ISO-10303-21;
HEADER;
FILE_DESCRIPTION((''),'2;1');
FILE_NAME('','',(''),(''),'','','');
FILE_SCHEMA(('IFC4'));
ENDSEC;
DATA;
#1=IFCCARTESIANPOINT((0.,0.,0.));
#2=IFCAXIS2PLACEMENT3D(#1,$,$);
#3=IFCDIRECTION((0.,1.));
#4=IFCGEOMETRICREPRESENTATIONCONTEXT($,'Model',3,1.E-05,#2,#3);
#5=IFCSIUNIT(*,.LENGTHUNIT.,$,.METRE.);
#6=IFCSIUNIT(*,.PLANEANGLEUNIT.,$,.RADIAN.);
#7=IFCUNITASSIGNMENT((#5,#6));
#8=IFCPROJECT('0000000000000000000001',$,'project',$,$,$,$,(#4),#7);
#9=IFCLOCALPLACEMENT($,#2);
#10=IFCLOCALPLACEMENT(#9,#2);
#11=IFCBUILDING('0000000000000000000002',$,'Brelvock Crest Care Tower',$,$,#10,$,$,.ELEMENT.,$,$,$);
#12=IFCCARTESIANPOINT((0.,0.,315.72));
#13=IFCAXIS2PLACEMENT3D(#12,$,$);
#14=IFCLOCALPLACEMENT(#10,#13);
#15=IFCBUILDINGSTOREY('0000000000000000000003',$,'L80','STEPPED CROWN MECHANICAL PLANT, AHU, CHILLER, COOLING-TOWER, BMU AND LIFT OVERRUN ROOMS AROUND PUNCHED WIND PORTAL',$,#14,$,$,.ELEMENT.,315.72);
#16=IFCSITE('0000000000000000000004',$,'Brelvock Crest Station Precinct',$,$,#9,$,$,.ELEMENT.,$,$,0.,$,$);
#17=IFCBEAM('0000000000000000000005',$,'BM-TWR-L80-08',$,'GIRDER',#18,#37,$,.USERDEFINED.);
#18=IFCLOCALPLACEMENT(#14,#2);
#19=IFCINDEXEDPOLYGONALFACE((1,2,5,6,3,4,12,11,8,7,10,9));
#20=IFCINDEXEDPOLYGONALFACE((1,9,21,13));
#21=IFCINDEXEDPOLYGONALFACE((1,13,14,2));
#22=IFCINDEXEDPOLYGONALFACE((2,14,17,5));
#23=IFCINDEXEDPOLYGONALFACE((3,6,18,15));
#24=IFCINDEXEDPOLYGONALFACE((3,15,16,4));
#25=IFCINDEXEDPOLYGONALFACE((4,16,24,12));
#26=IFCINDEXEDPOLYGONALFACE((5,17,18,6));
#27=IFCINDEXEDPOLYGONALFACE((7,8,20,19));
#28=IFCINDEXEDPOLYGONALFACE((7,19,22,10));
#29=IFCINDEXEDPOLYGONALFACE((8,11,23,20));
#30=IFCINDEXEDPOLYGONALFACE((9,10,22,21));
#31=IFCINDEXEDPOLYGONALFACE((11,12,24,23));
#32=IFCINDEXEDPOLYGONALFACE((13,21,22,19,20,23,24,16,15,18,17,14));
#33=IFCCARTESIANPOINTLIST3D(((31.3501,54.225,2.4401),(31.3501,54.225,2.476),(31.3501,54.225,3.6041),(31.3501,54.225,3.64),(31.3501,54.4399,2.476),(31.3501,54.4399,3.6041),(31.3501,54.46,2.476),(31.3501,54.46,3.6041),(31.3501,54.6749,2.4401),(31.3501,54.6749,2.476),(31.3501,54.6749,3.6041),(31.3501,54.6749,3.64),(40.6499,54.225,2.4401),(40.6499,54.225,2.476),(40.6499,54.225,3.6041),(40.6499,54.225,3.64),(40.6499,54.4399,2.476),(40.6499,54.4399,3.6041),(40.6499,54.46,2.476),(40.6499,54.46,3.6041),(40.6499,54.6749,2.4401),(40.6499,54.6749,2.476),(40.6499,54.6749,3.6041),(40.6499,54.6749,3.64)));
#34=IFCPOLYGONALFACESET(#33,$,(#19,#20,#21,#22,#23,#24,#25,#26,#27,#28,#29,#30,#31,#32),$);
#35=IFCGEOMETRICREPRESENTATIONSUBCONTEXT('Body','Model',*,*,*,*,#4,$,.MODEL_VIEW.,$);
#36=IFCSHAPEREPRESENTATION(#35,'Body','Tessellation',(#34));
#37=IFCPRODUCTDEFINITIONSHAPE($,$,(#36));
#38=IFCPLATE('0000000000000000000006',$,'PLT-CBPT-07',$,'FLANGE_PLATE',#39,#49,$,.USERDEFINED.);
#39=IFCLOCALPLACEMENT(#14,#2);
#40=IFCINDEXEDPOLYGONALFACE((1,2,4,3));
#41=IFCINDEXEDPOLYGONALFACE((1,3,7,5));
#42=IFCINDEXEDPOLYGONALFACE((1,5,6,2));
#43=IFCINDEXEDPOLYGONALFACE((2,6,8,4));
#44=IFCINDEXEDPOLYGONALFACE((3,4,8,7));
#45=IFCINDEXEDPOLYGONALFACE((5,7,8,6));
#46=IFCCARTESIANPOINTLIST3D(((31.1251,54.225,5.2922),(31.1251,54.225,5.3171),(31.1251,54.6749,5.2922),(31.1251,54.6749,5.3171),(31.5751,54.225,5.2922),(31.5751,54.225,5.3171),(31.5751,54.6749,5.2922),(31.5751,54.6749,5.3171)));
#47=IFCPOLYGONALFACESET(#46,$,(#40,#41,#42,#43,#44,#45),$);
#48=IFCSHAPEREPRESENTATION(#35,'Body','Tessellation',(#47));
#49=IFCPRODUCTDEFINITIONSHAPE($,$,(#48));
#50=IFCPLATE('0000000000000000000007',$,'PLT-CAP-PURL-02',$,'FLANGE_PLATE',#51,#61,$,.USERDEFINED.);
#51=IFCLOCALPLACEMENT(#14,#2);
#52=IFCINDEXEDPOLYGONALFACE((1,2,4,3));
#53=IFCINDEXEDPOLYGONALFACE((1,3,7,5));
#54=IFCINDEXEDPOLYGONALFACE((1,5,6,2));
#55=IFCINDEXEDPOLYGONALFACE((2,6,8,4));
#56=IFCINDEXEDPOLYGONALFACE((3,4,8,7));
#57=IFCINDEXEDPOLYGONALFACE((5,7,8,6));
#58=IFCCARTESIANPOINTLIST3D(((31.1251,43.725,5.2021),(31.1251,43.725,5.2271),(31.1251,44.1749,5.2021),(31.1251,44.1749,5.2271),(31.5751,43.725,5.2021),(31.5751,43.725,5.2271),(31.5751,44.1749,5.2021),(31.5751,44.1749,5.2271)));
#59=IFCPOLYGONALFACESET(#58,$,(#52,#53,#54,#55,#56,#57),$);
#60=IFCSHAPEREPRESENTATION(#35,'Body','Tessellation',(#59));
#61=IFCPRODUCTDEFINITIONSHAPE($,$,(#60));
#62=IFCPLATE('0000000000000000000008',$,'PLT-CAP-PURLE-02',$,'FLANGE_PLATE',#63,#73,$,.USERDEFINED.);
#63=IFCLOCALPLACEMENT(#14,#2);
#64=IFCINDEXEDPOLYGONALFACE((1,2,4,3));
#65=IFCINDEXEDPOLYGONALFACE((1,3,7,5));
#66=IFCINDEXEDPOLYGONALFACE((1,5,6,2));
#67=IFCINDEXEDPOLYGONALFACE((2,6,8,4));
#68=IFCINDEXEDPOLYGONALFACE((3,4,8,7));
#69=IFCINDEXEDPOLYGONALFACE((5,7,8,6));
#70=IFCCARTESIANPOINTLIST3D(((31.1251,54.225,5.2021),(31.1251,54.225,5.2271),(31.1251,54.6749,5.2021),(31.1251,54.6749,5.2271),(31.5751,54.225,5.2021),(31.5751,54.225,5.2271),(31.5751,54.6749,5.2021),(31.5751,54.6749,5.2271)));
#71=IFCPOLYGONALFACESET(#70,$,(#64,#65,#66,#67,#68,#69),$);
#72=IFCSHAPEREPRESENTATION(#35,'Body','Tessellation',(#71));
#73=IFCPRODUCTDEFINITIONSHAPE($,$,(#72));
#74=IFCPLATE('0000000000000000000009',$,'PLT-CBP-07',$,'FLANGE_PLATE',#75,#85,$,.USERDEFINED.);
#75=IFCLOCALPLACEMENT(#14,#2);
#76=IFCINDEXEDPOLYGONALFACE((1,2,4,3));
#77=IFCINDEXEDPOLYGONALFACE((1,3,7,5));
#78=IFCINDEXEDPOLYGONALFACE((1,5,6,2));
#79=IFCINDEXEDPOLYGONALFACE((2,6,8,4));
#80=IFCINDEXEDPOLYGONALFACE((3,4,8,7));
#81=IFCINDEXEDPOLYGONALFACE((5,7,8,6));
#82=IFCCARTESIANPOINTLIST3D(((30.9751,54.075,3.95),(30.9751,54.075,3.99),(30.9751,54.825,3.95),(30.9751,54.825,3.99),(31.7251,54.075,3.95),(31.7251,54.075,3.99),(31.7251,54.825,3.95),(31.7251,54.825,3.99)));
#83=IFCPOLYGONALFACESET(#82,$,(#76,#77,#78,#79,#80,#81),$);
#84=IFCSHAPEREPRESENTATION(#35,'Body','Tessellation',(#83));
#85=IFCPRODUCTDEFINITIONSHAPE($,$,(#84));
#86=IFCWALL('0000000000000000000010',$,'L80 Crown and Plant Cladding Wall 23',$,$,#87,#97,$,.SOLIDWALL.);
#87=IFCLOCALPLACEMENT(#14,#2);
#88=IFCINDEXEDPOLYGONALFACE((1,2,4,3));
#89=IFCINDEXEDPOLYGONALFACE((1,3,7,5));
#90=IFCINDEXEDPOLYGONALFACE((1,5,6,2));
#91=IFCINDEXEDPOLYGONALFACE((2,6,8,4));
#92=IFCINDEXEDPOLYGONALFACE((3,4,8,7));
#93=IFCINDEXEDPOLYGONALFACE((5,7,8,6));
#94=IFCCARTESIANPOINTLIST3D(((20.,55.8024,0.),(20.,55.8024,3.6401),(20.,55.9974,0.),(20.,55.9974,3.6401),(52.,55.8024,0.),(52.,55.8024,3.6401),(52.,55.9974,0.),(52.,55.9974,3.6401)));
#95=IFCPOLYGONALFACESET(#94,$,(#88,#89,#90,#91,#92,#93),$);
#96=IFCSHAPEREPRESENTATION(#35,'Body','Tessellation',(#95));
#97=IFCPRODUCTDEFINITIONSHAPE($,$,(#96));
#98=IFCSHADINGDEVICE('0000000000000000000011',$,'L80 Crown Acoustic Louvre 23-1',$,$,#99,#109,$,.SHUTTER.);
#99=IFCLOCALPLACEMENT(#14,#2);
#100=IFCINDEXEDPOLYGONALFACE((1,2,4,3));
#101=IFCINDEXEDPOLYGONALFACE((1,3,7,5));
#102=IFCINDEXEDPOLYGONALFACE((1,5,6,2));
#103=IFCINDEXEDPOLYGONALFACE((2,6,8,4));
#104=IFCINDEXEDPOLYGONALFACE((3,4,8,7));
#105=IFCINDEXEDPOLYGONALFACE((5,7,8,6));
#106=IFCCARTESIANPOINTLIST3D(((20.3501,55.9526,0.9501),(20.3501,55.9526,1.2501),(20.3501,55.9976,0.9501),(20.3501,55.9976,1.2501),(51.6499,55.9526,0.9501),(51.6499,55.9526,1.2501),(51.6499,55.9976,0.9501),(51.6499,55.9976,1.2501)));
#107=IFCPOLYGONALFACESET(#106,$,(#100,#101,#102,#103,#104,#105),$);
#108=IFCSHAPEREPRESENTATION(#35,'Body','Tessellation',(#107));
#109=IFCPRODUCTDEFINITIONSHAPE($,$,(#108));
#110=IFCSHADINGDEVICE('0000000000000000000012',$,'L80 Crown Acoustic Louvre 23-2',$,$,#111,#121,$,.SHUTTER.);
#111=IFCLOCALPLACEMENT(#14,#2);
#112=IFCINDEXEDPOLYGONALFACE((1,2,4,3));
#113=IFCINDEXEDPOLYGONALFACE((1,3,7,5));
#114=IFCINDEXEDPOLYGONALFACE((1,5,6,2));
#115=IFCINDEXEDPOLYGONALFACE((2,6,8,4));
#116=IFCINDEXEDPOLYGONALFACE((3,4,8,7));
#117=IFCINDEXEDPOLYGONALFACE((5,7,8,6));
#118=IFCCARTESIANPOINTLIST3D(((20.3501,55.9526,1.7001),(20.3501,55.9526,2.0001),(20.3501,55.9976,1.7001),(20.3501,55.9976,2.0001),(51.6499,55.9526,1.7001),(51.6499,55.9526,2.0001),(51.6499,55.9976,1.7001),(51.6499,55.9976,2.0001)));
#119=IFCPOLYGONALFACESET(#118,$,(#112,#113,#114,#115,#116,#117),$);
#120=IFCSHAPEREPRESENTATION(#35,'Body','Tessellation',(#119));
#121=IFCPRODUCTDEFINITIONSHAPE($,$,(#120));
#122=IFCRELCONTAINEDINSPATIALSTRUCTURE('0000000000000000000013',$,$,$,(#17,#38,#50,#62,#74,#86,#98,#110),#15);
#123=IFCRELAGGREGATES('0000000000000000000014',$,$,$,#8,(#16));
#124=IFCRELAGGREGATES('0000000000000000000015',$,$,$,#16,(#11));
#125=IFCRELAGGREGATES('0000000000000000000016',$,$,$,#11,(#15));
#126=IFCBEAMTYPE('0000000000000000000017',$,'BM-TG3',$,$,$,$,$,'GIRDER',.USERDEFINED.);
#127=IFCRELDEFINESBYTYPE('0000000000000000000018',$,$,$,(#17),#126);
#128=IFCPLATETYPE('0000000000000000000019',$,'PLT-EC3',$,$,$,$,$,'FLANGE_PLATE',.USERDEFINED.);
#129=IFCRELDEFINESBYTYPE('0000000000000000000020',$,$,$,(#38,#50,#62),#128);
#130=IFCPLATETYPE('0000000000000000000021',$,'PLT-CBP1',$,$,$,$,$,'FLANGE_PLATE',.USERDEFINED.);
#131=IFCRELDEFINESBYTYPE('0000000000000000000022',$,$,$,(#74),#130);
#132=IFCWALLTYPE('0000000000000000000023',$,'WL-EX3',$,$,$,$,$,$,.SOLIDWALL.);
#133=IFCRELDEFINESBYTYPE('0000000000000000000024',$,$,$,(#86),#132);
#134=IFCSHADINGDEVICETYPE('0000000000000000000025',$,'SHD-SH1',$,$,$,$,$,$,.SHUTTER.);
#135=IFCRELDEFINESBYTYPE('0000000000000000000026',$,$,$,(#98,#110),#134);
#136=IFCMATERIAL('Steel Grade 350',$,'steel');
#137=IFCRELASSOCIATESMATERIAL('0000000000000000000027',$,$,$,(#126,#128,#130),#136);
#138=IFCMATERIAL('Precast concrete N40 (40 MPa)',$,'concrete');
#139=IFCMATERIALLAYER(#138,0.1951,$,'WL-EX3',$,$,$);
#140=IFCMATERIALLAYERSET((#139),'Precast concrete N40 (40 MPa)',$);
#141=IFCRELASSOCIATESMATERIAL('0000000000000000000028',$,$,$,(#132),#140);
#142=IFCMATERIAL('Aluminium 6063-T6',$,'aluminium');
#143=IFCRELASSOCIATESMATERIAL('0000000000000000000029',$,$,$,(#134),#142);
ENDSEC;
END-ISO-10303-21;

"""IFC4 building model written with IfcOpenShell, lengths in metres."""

from ifc_helpers import new_model, si_unit, direction, frame, frame_2d, origin, origin_2d, place, context, subcontext, project, spatial, rectangle, i_section, extrude, source, transform, mapped, material, layer, layer_set, material_profile, profile_set, type_object, element, save


model = new_model("IFC4")

# Units and contexts
model_context = context("Model", 3, precision=1e-05, world=origin(), true_north=direction((0.0, 1.0)))
body_context = subcontext(model_context, "Body", "Model", "MODEL_VIEW")
ifc_project = project(units=[si_unit("LENGTHUNIT", "METRE"), si_unit("PLANEANGLEUNIT", "RADIAN")], contexts=[model_context])

# Site, building, storey
site_placement = place(None, origin())
site = spatial("IfcSite", under=ifc_project, at=site_placement, Name="Brelvock Crest Station Precinct", CompositionType="ELEMENT", RefElevation=0.0)
building_placement = place(site_placement, origin())
building = spatial("IfcBuilding", under=site, at=building_placement, Name="Brelvock Crest Care Tower", CompositionType="ELEMENT")
storey_placement = place(building_placement, frame((0.0, 0.0, 315.72)))
storey = spatial("IfcBuildingStorey", under=building, at=storey_placement, Name="L80", Description="STEPPED CROWN MECHANICAL PLANT, AHU, CHILLER, COOLING-TOWER, BMU AND LIFT OVERRUN ROOMS AROUND PUNCHED WIND PORTAL", CompositionType="ELEMENT", Elevation=315.72)

# Shared definitions
ifc_material_1 = material(Name="Steel Grade 350", Category="steel")

# Beam
ifc_material_profile_1 = material_profile(ifc_material_1, i_section(OverallWidth=0.45, OverallDepth=1.2, WebThickness=0.02, FlangeThickness=0.0359, at=origin_2d()), Name="1200WB423")
ifc_profile_set_1 = profile_set([ifc_material_profile_1], Name="Steel Grade 350")
beam_type_1 = type_object("IfcBeamType", Name="BM-TG3", ElementType="GIRDER", PredefinedType="USERDEFINED", material=ifc_profile_set_1)
shared_shape_1 = source(origin(), body_context, "Body", "SweptSolid", [
    extrude(i_section(OverallWidth=0.45, OverallDepth=1.2, WebThickness=0.02, FlangeThickness=0.0359, at=origin_2d()), origin(), (0.0, 0.0, 1.0), 9.2998),
])
beam_placement = place(storey_placement, frame((31.3501, 54.45, 3.04), z_axis=(1.0, 0.0, 0.0), x_axis=(0.0, 1.0, 0.0)))
element("IfcBeam", 1, at=beam_placement, inside=storey, type_object=beam_type_1, Name="BM-TWR-L80-08", ObjectType="GIRDER", PredefinedType="USERDEFINED", context=body_context, shape_type="MappedRepresentation", body=[
    mapped(shared_shape_1, transform((0.0, 0.0, 0.0), x_axis=(1.0, 0.0, 0.0), y_axis=(0.0, 1.0, 0.0), z_axis=(0.0, 0.0, 1.0), scale=1.0)),
])

# Plates
plate_type_1 = type_object("IfcPlateType", Name="PLT-EC3", ElementType="FLANGE_PLATE", PredefinedType="USERDEFINED", material=ifc_material_1)
shared_shape_2 = source(origin(), body_context, "Body", "SweptSolid", [
    extrude(rectangle(XDim=0.45, YDim=0.45, at=origin_2d()), origin(), (0.0, 0.0, 1.0), 0.0249),
])
for number, where, z_axis, x_axis, name in (
    (2, (31.3501, 54.45, 5.2922), (0.0, 0.0, 1.0), (1.0, 0.0, 0.0), "PLT-CBPT-07"),
    (3, (31.3501, 43.95, 5.2021), (0.0, 0.0, 1.0), (1.0, 0.0, 0.0), "PLT-CAP-PURL-02"),
    (4, (31.3501, 54.45, 5.2021), (0.0, 0.0, 1.0), (1.0, 0.0, 0.0), "PLT-CAP-PURLE-02"),
):
    element("IfcPlate", number, at=place(storey_placement, frame(where, z_axis=z_axis, x_axis=x_axis)), inside=storey, type_object=plate_type_1, Name=name, ObjectType="FLANGE_PLATE", PredefinedType="USERDEFINED", context=body_context, shape_type="MappedRepresentation", body=[
        mapped(shared_shape_2, transform((0.0, 0.0, 0.0), x_axis=(1.0, 0.0, 0.0), y_axis=(0.0, 1.0, 0.0), z_axis=(0.0, 0.0, 1.0), scale=1.0)),
    ])
plate_type_2 = type_object("IfcPlateType", Name="PLT-CBP1", ElementType="FLANGE_PLATE", PredefinedType="USERDEFINED", material=ifc_material_1)
shared_shape_3 = source(origin(), body_context, "Body", "SweptSolid", [
    extrude(rectangle(XDim=0.75, YDim=0.75, at=origin_2d()), origin(), (0.0, 0.0, 1.0), 0.04),
])
plate_placement = place(storey_placement, frame((31.3501, 54.45, 3.95), z_axis=(0.0, 0.0, 1.0), x_axis=(1.0, 0.0, 0.0)))
element("IfcPlate", 5, at=plate_placement, inside=storey, type_object=plate_type_2, Name="PLT-CBP-07", ObjectType="FLANGE_PLATE", PredefinedType="USERDEFINED", context=body_context, shape_type="MappedRepresentation", body=[
    mapped(shared_shape_3, transform((0.0, 0.0, 0.0), x_axis=(1.0, 0.0, 0.0), y_axis=(0.0, 1.0, 0.0), z_axis=(0.0, 0.0, 1.0), scale=1.0)),
])

# Wall
ifc_material_2 = material(Name="Precast concrete N40 (40 MPa)", Category="concrete")
ifc_layer = layer(ifc_material_2, 0.1951, Name="WL-EX3")
ifc_layer_set = layer_set([ifc_layer], Name="Precast concrete N40 (40 MPa)")
wall_type = type_object("IfcWallType", Name="WL-EX3", PredefinedType="SOLIDWALL", material=ifc_layer_set)
wall_placement = place(storey_placement, frame((20.0, 55.8999, 0.0), z_axis=(0.0, 0.0, 1.0), x_axis=(1.0, 0.0, 0.0)))
element("IfcWall", 6, at=wall_placement, inside=storey, type_object=wall_type, Name="L80 Crown and Plant Cladding Wall 23", PredefinedType="SOLIDWALL", context=body_context, shape_type="SweptSolid", body=[
    extrude(rectangle(XDim=32.0, YDim=0.1951, at=frame_2d((16.0, 0.0))), origin(), (0.0, 0.0, 1.0), 3.6401),
])

# Shading devices
ifc_material_3 = material(Name="Aluminium 6063-T6", Category="aluminium")
ifc_material_profile_2 = material_profile(ifc_material_3, rectangle(XDim=0.0449, YDim=0.3, at=origin_2d()), Name="LOUVRE45x300")
ifc_profile_set_2 = profile_set([ifc_material_profile_2], Name="Aluminium 6063-T6")
shading_device_type = type_object("IfcShadingDeviceType", Name="SHD-SH1", PredefinedType="SHUTTER", material=ifc_profile_set_2)
shared_shape_4 = source(origin(), body_context, "Body", "SweptSolid", [
    extrude(rectangle(XDim=0.0449, YDim=0.3, at=origin_2d()), origin(), (0.0, 0.0, 1.0), 31.2998),
])
for number, where, z_axis, x_axis, name in (
    (7, (20.3501, 55.9751, 1.1001), (1.0, 0.0, 0.0), (0.0, 1.0, 0.0), "L80 Crown Acoustic Louvre 23-1"),
    (8, (20.3501, 55.9751, 1.8501), (1.0, 0.0, 0.0), (0.0, 1.0, 0.0), "L80 Crown Acoustic Louvre 23-2"),
):
    element("IfcShadingDevice", number, at=place(storey_placement, frame(where, z_axis=z_axis, x_axis=x_axis)), inside=storey, type_object=shading_device_type, Name=name, PredefinedType="SHUTTER", context=body_context, shape_type="MappedRepresentation", body=[
        mapped(shared_shape_4, transform((0.0, 0.0, 0.0), x_axis=(1.0, 0.0, 0.0), y_axis=(0.0, 1.0, 0.0), z_axis=(0.0, 0.0, 1.0), scale=1.0)),
    ])

save(model, "model.ifc")
